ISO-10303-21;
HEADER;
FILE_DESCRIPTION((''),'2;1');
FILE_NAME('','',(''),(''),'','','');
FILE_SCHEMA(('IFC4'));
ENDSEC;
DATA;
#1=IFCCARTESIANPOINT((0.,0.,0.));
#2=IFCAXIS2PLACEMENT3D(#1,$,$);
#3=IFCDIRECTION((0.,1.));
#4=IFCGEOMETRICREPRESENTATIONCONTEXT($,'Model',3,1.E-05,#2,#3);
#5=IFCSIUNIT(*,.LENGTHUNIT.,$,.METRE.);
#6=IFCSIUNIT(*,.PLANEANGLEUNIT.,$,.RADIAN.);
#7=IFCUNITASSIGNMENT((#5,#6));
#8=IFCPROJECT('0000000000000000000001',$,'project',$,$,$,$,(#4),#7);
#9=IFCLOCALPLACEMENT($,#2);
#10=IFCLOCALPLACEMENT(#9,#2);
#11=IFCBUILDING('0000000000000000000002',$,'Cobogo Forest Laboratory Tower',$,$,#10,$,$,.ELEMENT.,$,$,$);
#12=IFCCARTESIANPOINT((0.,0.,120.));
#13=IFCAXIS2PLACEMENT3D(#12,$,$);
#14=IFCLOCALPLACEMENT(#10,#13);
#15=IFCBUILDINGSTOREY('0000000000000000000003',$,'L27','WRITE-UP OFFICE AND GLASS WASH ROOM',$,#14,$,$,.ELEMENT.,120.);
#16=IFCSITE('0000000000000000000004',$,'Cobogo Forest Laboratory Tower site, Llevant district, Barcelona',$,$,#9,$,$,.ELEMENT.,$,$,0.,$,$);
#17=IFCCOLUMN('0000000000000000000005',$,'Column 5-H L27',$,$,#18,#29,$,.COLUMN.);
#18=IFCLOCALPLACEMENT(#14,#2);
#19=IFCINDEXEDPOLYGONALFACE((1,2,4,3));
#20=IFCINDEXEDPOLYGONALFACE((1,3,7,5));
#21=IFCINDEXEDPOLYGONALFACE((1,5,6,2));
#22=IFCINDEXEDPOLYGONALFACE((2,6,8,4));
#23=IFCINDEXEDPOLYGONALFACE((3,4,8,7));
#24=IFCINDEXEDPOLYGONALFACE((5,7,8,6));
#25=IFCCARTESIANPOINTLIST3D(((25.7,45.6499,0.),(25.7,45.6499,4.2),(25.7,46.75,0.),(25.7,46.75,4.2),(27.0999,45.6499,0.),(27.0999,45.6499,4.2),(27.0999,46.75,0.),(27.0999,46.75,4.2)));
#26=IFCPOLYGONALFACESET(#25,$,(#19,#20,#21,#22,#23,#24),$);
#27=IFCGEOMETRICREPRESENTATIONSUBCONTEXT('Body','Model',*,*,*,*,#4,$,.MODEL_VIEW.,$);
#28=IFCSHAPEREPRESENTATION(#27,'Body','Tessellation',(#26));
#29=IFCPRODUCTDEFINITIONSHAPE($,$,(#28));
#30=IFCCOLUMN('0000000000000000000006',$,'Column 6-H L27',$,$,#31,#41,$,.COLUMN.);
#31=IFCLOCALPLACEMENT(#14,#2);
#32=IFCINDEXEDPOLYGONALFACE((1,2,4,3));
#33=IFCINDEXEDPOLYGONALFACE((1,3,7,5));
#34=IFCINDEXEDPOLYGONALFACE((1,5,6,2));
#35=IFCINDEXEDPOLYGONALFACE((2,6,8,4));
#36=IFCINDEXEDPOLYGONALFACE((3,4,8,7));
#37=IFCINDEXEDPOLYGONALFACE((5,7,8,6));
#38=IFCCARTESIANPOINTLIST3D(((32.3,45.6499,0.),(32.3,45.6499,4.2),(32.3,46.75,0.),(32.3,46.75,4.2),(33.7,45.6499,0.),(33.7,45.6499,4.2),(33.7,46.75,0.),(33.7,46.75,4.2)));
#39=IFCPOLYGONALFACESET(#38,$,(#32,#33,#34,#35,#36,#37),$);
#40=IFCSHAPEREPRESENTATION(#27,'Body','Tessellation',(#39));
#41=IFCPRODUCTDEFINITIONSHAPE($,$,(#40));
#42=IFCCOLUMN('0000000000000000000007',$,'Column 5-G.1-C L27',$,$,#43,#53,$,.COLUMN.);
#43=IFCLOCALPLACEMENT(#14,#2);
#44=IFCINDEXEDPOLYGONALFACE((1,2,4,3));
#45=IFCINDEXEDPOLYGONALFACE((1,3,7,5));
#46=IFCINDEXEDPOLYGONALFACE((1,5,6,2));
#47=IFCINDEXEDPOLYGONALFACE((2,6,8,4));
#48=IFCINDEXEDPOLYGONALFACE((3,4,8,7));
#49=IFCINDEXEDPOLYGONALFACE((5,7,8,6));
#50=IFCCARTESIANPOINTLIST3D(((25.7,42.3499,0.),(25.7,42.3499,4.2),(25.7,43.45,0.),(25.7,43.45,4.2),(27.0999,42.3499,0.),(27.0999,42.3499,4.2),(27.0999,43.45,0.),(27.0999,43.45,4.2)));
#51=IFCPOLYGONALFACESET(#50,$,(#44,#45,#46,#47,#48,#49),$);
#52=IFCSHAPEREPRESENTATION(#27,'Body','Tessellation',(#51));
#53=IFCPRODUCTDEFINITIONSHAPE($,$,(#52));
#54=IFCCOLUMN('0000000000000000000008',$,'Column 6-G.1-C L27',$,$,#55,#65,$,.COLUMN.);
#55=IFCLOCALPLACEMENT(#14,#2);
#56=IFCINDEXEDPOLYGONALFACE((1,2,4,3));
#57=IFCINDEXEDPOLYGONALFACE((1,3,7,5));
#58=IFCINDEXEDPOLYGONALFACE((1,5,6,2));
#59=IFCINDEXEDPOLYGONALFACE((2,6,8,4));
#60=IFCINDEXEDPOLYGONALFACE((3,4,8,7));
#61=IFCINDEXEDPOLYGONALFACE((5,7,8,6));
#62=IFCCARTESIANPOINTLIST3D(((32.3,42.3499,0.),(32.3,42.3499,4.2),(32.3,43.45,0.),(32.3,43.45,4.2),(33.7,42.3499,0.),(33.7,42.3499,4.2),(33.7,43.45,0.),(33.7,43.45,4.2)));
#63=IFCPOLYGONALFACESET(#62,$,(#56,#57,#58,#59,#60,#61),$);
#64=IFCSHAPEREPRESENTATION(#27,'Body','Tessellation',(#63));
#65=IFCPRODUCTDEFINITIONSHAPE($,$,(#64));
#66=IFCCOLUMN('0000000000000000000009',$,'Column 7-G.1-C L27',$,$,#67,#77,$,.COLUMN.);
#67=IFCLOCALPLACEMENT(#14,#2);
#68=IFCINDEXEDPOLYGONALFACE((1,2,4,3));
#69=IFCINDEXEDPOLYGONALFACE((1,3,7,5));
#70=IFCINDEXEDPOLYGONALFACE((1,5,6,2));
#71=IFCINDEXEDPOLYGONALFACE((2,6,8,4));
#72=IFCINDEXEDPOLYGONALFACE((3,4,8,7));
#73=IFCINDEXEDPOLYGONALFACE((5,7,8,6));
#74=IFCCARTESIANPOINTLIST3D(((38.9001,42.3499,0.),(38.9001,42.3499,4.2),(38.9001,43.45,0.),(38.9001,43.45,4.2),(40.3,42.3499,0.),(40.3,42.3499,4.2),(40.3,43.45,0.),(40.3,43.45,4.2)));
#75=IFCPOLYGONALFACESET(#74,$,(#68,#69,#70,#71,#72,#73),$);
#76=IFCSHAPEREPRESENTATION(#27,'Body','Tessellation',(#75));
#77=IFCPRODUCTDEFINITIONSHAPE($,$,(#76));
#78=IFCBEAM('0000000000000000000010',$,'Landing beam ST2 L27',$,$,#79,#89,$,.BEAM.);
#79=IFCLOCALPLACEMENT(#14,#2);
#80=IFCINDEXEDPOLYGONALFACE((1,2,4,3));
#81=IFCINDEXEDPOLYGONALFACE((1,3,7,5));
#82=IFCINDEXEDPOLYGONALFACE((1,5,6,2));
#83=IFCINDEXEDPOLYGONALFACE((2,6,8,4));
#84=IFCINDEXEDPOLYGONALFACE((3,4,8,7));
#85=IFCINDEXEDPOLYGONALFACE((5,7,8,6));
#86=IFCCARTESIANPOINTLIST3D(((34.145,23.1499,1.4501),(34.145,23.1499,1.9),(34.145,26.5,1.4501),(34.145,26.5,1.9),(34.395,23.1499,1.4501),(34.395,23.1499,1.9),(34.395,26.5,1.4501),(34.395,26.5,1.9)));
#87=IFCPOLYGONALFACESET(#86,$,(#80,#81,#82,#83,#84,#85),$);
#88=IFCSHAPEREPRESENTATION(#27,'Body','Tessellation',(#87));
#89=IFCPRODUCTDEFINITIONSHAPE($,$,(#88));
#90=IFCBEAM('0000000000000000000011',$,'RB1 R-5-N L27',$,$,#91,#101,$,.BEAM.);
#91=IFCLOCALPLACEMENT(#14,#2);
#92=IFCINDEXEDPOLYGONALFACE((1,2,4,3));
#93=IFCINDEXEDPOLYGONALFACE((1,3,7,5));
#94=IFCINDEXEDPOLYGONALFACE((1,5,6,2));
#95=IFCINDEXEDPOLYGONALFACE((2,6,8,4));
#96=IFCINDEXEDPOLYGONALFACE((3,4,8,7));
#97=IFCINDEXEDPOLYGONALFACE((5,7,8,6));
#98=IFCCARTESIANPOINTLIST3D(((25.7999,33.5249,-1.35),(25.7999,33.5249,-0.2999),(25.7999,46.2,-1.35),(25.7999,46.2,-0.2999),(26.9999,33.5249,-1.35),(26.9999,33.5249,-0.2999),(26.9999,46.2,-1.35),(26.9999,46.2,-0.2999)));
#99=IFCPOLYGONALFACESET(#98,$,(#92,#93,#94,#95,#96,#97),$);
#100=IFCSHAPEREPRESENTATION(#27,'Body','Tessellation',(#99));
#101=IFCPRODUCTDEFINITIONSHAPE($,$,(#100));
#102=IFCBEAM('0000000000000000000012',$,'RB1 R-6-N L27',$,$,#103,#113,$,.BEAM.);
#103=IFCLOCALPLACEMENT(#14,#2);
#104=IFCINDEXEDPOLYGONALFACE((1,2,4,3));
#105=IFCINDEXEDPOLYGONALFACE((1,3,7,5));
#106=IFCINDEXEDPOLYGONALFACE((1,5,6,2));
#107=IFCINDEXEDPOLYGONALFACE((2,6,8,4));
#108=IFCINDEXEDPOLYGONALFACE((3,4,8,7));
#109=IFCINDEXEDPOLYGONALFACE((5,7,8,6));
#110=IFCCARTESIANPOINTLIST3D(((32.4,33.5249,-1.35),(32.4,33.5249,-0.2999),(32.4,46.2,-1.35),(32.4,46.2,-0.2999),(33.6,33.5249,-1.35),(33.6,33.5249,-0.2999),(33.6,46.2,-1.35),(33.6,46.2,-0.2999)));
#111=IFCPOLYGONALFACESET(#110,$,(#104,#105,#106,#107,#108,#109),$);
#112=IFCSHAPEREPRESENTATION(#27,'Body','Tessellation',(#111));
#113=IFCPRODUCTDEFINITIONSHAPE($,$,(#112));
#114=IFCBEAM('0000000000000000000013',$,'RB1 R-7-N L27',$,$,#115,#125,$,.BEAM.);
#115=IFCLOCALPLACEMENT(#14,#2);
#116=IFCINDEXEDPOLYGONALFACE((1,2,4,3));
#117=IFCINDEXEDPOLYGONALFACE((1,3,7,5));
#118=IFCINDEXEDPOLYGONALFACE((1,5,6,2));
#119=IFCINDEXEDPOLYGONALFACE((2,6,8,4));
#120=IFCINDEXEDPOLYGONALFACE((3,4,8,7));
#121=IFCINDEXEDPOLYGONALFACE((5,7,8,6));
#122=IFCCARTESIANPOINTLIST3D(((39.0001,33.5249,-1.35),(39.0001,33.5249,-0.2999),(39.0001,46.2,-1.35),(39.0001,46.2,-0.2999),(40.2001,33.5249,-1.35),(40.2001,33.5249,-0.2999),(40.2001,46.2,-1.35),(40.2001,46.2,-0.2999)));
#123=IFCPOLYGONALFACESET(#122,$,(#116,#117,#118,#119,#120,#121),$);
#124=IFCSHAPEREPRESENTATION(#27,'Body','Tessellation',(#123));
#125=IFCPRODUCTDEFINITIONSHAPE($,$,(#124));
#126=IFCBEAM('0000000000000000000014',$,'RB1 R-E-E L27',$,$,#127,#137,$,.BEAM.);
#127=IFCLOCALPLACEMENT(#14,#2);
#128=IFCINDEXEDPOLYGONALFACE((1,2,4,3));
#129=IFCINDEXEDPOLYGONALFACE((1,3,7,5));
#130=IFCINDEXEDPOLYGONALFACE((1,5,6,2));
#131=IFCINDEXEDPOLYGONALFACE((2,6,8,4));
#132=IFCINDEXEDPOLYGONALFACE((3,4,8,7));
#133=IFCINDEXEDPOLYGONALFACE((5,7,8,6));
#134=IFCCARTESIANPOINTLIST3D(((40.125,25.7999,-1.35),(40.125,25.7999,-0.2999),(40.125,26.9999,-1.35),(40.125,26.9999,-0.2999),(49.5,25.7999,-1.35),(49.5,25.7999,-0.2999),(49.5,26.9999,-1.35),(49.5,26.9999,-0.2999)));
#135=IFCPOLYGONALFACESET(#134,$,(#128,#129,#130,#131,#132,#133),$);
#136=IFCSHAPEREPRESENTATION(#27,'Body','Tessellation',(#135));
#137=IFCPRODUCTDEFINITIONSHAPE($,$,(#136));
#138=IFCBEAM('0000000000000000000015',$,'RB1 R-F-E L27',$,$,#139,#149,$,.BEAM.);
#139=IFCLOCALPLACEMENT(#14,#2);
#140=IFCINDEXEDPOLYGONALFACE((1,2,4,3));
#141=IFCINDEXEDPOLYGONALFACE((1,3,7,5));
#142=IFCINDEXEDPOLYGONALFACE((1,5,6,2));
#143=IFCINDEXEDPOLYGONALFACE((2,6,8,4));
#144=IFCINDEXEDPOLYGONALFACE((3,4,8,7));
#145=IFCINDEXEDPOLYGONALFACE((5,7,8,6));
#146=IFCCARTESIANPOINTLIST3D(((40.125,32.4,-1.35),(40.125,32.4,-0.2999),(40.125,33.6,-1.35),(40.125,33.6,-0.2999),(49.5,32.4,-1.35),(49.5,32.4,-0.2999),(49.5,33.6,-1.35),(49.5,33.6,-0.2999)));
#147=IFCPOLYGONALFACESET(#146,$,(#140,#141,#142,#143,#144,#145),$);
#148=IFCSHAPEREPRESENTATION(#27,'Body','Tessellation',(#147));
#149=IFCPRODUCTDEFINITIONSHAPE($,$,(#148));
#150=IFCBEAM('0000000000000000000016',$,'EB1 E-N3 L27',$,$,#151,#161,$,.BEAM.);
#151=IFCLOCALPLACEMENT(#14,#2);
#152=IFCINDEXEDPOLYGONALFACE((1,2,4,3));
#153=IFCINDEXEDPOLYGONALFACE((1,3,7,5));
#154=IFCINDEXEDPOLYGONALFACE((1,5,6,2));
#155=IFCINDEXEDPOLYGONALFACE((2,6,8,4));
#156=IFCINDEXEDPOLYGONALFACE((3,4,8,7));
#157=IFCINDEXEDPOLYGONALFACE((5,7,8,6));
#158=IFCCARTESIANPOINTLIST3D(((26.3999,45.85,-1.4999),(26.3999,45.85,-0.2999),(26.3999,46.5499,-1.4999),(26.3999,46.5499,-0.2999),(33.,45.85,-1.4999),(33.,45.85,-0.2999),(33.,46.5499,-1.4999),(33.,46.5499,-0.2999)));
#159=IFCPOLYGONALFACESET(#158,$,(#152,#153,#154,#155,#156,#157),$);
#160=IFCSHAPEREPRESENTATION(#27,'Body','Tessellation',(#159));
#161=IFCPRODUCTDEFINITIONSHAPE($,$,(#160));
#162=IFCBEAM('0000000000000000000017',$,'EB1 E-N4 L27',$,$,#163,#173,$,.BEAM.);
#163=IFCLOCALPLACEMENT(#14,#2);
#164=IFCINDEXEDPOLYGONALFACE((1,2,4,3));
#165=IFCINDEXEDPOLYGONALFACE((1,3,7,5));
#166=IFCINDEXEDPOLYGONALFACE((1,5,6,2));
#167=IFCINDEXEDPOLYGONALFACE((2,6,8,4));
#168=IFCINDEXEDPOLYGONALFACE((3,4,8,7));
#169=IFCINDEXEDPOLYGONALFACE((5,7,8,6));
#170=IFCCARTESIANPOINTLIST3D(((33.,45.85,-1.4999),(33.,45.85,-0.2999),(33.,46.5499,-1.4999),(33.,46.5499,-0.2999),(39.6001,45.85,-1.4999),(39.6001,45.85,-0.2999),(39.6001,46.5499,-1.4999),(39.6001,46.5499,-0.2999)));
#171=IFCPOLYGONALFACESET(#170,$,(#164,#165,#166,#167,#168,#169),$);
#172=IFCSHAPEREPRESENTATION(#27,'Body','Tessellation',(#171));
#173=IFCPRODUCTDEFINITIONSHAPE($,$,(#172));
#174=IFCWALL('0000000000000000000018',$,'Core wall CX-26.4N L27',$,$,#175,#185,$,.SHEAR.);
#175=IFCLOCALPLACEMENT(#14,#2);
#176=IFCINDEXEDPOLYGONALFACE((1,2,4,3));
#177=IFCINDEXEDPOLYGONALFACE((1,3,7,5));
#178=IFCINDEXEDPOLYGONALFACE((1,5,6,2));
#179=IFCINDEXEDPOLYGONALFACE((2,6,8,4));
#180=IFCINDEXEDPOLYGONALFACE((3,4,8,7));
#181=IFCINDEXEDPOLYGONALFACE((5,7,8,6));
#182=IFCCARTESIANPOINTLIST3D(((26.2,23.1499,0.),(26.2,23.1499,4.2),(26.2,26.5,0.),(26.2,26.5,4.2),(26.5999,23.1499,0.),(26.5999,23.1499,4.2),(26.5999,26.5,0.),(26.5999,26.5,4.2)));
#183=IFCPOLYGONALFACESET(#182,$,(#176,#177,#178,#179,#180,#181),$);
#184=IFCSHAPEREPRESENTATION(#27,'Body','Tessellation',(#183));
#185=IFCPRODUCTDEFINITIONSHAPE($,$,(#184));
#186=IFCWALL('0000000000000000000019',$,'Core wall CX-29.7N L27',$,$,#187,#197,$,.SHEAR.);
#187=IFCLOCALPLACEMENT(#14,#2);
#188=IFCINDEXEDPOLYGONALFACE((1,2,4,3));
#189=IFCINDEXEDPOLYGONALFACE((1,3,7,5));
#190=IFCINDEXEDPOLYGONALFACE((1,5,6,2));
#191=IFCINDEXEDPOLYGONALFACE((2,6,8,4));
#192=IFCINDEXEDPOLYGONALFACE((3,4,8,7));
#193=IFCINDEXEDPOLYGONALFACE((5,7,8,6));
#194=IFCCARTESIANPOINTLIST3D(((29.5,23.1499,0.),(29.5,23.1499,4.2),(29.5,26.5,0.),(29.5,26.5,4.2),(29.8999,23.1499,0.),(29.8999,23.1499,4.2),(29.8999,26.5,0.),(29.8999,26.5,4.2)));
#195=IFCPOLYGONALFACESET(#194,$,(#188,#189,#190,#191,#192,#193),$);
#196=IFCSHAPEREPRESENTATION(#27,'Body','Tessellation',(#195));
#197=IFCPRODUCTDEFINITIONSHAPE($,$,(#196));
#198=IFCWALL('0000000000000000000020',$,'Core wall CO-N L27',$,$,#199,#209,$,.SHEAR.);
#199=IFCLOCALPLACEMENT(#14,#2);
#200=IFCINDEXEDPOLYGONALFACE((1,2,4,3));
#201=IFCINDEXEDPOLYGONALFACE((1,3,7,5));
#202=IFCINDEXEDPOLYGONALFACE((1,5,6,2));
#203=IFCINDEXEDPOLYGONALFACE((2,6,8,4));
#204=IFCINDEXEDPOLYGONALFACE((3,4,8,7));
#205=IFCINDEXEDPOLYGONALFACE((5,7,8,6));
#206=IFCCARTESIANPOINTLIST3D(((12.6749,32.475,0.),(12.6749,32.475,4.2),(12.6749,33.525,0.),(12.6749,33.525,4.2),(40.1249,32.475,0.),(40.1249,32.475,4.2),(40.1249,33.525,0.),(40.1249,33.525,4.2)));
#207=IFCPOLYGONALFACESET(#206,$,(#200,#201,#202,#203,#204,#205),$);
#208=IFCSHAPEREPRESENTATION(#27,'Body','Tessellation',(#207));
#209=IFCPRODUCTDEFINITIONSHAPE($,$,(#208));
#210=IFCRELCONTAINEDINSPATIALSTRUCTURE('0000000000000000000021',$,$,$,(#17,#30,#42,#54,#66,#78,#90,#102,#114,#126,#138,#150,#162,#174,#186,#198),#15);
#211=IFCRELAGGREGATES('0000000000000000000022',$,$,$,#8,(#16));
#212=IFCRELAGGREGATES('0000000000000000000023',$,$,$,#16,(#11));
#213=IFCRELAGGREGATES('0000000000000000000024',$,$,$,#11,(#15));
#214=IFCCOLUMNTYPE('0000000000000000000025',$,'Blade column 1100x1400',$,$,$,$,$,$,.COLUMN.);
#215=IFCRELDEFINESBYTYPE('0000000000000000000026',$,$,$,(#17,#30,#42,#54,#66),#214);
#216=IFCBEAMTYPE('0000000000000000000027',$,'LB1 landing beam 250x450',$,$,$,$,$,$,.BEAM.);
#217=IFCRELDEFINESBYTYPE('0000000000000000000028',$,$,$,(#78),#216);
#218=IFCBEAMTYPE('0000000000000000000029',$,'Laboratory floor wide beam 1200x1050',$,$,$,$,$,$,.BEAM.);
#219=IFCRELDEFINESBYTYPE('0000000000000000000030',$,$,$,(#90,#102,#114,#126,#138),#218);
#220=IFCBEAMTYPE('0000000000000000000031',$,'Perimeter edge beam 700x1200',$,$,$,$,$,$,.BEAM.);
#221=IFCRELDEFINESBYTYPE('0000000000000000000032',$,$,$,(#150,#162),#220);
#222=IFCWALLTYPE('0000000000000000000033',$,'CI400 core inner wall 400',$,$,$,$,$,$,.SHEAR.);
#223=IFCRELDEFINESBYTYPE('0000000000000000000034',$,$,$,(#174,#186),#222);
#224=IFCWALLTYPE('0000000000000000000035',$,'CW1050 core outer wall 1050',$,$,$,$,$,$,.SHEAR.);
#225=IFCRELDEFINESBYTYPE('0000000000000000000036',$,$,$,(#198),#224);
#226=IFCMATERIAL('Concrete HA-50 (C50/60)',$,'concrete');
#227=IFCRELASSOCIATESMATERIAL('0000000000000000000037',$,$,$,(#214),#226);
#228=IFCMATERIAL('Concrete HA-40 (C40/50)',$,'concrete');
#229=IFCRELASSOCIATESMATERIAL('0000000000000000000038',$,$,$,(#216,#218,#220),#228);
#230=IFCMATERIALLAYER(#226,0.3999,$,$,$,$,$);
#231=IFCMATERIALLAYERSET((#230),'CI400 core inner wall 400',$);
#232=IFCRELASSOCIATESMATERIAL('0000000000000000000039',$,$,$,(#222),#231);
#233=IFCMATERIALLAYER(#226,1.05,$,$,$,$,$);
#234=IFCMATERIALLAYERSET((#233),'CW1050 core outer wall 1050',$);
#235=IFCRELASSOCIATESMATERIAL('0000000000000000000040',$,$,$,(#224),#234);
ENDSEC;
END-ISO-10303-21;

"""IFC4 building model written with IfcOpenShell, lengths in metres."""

from ifc_helpers import new_model, si_unit, direction, frame, frame_2d, origin, origin_2d, place, context, subcontext, project, spatial, rectangle, extrude, material, layer, layer_set, material_profile, profile_set, type_object, element, save


model = new_model("IFC4")

# Units and contexts
model_context = context("Model", 3, precision=1e-05, world=origin(), true_north=direction((0.0, 1.0)))
body_context = subcontext(model_context, "Body", "Model", "MODEL_VIEW")
ifc_project = project(units=[si_unit("LENGTHUNIT", "METRE"), si_unit("PLANEANGLEUNIT", "RADIAN")], contexts=[model_context])

# Site, building, storey
site_placement = place(None, origin())
site = spatial("IfcSite", under=ifc_project, at=site_placement, Name="Cobogo Forest Laboratory Tower site, Llevant district, Barcelona", CompositionType="ELEMENT", RefElevation=0.0)
building_placement = place(site_placement, origin())
building = spatial("IfcBuilding", under=site, at=building_placement, Name="Cobogo Forest Laboratory Tower", CompositionType="ELEMENT")
storey_placement = place(building_placement, frame((0.0, 0.0, 120.0)))
storey = spatial("IfcBuildingStorey", under=building, at=storey_placement, Name="L27", Description="WRITE-UP OFFICE AND GLASS WASH ROOM", CompositionType="ELEMENT", Elevation=120.0)

# Columns
ifc_material_1 = material(Name="Concrete HA-50 (C50/60)", Category="concrete")
ifc_material_profile_1 = material_profile(ifc_material_1, rectangle(XDim=1.3999, YDim=1.1001, at=origin_2d()), Name="RC 1100x1400")
ifc_profile_set_1 = profile_set([ifc_material_profile_1], Name="Concrete HA-50 (C50/60)")
column_type = type_object("IfcColumnType", Name="Blade column 1100x1400", PredefinedType="COLUMN", material=ifc_profile_set_1)
for number, where, z_axis, x_axis, name in (
    (1, (26.3999, 46.2, 0.0), (0.0, 0.0, 1.0), (1.0, 0.0, 0.0), "Column 5-H L27"),
    (2, (33.0, 46.2, 0.0), (0.0, 0.0, 1.0), (1.0, 0.0, 0.0), "Column 6-H L27"),
    (3, (26.3999, 42.8999, 0.0), (0.0, 0.0, 1.0), (1.0, 0.0, 0.0), "Column 5-G.1-C L27"),
    (4, (33.0, 42.8999, 0.0), (0.0, 0.0, 1.0), (1.0, 0.0, 0.0), "Column 6-G.1-C L27"),
    (5, (39.6001, 42.8999, 0.0), (0.0, 0.0, 1.0), (1.0, 0.0, 0.0), "Column 7-G.1-C L27"),
):
    element("IfcColumn", number, at=place(storey_placement, frame(where, z_axis=z_axis, x_axis=x_axis)), inside=storey, type_object=column_type, Name=name, PredefinedType="COLUMN", context=body_context, shape_type="SweptSolid", body=[
        extrude(rectangle(XDim=1.3999, YDim=1.1001, at=origin_2d()), origin(), (0.0, 0.0, 1.0), 4.2),
    ])

# Beams
ifc_material_2 = material(Name="Concrete HA-40 (C40/50)", Category="concrete")
ifc_material_profile_2 = material_profile(ifc_material_2, rectangle(XDim=0.25, YDim=0.45, at=origin_2d()), Name="RC 250x450")
ifc_profile_set_2 = profile_set([ifc_material_profile_2], Name="Concrete HA-40 (C40/50)")
beam_type_1 = type_object("IfcBeamType", Name="LB1 landing beam 250x450", PredefinedType="BEAM", material=ifc_profile_set_2)
beam_placement = place(storey_placement, frame((34.27, 23.1499, 1.675), z_axis=(0.0, 1.0, 0.0), x_axis=(-1.0, 0.0, 0.0)))
element("IfcBeam", 6, at=beam_placement, inside=storey, type_object=beam_type_1, Name="Landing beam ST2 L27", PredefinedType="BEAM", context=body_context, shape_type="SweptSolid", body=[
    extrude(rectangle(XDim=0.25, YDim=0.45, at=origin_2d()), origin(), (0.0, 0.0, 1.0), 3.3501),
])
ifc_material_profile_3 = material_profile(ifc_material_2, rectangle(XDim=1.2, YDim=1.05, at=origin_2d()), Name="RC 1200x1050")
ifc_profile_set_3 = profile_set([ifc_material_profile_3], Name="Concrete HA-40 (C40/50)")
beam_type_2 = type_object("IfcBeamType", Name="Laboratory floor wide beam 1200x1050", PredefinedType="BEAM", material=ifc_profile_set_3)
for number, where, z_axis, x_axis, name in (
    (7, (26.3999, 33.5249, -0.825), (0.0, 1.0, 0.0), (-1.0, 0.0, 0.0), "RB1 R-5-N L27"),
    (8, (33.0, 33.5249, -0.825), (0.0, 1.0, 0.0), (-1.0, 0.0, 0.0), "RB1 R-6-N L27"),
    (9, (39.6001, 33.5249, -0.825), (0.0, 1.0, 0.0), (-1.0, 0.0, 0.0), "RB1 R-7-N L27"),
):
    element("IfcBeam", number, at=place(storey_placement, frame(where, z_axis=z_axis, x_axis=x_axis)), inside=storey, type_object=beam_type_2, Name=name, PredefinedType="BEAM", context=body_context, shape_type="SweptSolid", body=[
        extrude(rectangle(XDim=1.2, YDim=1.05, at=origin_2d()), origin(), (0.0, 0.0, 1.0), 12.675),
    ])
for number, where, z_axis, x_axis, name in (
    (10, (40.125, 26.3999, -0.825), (1.0, 0.0, 0.0), (0.0, 1.0, 0.0), "RB1 R-E-E L27"),
    (11, (40.125, 33.0, -0.825), (1.0, 0.0, 0.0), (0.0, 1.0, 0.0), "RB1 R-F-E L27"),
):
    element("IfcBeam", number, at=place(storey_placement, frame(where, z_axis=z_axis, x_axis=x_axis)), inside=storey, type_object=beam_type_2, Name=name, PredefinedType="BEAM", context=body_context, shape_type="SweptSolid", body=[
        extrude(rectangle(XDim=1.2, YDim=1.05, at=origin_2d()), origin(), (0.0, 0.0, 1.0), 9.375),
    ])
ifc_material_profile_4 = material_profile(ifc_material_2, rectangle(XDim=0.7, YDim=1.2, at=origin_2d()), Name="RC 700x1200")
ifc_profile_set_4 = profile_set([ifc_material_profile_4], Name="Concrete HA-40 (C40/50)")
beam_type_3 = type_object("IfcBeamType", Name="Perimeter edge beam 700x1200", PredefinedType="BEAM", material=ifc_profile_set_4)
for number, where, z_axis, x_axis, name in (
    (12, (26.3999, 46.2, -0.8999), (1.0, 0.0, 0.0), (0.0, 1.0, 0.0), "EB1 E-N3 L27"),
    (13, (33.0, 46.2, -0.8999), (1.0, 0.0, 0.0), (0.0, 1.0, 0.0), "EB1 E-N4 L27"),
):
    element("IfcBeam", number, at=place(storey_placement, frame(where, z_axis=z_axis, x_axis=x_axis)), inside=storey, type_object=beam_type_3, Name=name, PredefinedType="BEAM", context=body_context, shape_type="SweptSolid", body=[
        extrude(rectangle(XDim=0.7, YDim=1.2, at=origin_2d()), origin(), (0.0, 0.0, 1.0), 6.6001),
    ])

# Walls
ifc_layer_1 = layer(ifc_material_1, 0.3999)
ifc_layer_set_1 = layer_set([ifc_layer_1], Name="CI400 core inner wall 400")
wall_type_1 = type_object("IfcWallType", Name="CI400 core inner wall 400", PredefinedType="SHEAR", material=ifc_layer_set_1)
for number, where, z_axis, x_axis, name in (
    (14, (26.3999, 23.1499, 0.0), (0.0, 0.0, 1.0), (0.0, 1.0, 0.0), "Core wall CX-26.4N L27"),
    (15, (29.7, 23.1499, 0.0), (0.0, 0.0, 1.0), (0.0, 1.0, 0.0), "Core wall CX-29.7N L27"),
):
    element("IfcWall", number, at=place(storey_placement, frame(where, z_axis=z_axis, x_axis=x_axis)), inside=storey, type_object=wall_type_1, Name=name, PredefinedType="SHEAR", context=body_context, shape_type="SweptSolid", body=[
        extrude(rectangle(XDim=3.3501, YDim=0.3999, at=frame_2d((1.675, 0.0))), origin(), (0.0, 0.0, 1.0), 4.2),
    ])
ifc_layer_2 = layer(ifc_material_1, 1.05)
ifc_layer_set_2 = layer_set([ifc_layer_2], Name="CW1050 core outer wall 1050")
wall_type_2 = type_object("IfcWallType", Name="CW1050 core outer wall 1050", PredefinedType="SHEAR", material=ifc_layer_set_2)
wall_1_placement = place(storey_placement, frame((40.125, 33.0, 0.0), z_axis=(0.0, 0.0, 1.0), x_axis=(-1.0, 0.0, 0.0)))
element("IfcWall", 16, at=wall_1_placement, inside=storey, type_object=wall_type_2, Name="Core wall CO-N L27", PredefinedType="SHEAR", context=body_context, shape_type="SweptSolid", body=[
    extrude(rectangle(XDim=27.45, YDim=1.05, at=frame_2d((13.7251, 0.0))), origin(), (0.0, 0.0, 1.0), 4.2),
])

save(model, "model.ifc")
